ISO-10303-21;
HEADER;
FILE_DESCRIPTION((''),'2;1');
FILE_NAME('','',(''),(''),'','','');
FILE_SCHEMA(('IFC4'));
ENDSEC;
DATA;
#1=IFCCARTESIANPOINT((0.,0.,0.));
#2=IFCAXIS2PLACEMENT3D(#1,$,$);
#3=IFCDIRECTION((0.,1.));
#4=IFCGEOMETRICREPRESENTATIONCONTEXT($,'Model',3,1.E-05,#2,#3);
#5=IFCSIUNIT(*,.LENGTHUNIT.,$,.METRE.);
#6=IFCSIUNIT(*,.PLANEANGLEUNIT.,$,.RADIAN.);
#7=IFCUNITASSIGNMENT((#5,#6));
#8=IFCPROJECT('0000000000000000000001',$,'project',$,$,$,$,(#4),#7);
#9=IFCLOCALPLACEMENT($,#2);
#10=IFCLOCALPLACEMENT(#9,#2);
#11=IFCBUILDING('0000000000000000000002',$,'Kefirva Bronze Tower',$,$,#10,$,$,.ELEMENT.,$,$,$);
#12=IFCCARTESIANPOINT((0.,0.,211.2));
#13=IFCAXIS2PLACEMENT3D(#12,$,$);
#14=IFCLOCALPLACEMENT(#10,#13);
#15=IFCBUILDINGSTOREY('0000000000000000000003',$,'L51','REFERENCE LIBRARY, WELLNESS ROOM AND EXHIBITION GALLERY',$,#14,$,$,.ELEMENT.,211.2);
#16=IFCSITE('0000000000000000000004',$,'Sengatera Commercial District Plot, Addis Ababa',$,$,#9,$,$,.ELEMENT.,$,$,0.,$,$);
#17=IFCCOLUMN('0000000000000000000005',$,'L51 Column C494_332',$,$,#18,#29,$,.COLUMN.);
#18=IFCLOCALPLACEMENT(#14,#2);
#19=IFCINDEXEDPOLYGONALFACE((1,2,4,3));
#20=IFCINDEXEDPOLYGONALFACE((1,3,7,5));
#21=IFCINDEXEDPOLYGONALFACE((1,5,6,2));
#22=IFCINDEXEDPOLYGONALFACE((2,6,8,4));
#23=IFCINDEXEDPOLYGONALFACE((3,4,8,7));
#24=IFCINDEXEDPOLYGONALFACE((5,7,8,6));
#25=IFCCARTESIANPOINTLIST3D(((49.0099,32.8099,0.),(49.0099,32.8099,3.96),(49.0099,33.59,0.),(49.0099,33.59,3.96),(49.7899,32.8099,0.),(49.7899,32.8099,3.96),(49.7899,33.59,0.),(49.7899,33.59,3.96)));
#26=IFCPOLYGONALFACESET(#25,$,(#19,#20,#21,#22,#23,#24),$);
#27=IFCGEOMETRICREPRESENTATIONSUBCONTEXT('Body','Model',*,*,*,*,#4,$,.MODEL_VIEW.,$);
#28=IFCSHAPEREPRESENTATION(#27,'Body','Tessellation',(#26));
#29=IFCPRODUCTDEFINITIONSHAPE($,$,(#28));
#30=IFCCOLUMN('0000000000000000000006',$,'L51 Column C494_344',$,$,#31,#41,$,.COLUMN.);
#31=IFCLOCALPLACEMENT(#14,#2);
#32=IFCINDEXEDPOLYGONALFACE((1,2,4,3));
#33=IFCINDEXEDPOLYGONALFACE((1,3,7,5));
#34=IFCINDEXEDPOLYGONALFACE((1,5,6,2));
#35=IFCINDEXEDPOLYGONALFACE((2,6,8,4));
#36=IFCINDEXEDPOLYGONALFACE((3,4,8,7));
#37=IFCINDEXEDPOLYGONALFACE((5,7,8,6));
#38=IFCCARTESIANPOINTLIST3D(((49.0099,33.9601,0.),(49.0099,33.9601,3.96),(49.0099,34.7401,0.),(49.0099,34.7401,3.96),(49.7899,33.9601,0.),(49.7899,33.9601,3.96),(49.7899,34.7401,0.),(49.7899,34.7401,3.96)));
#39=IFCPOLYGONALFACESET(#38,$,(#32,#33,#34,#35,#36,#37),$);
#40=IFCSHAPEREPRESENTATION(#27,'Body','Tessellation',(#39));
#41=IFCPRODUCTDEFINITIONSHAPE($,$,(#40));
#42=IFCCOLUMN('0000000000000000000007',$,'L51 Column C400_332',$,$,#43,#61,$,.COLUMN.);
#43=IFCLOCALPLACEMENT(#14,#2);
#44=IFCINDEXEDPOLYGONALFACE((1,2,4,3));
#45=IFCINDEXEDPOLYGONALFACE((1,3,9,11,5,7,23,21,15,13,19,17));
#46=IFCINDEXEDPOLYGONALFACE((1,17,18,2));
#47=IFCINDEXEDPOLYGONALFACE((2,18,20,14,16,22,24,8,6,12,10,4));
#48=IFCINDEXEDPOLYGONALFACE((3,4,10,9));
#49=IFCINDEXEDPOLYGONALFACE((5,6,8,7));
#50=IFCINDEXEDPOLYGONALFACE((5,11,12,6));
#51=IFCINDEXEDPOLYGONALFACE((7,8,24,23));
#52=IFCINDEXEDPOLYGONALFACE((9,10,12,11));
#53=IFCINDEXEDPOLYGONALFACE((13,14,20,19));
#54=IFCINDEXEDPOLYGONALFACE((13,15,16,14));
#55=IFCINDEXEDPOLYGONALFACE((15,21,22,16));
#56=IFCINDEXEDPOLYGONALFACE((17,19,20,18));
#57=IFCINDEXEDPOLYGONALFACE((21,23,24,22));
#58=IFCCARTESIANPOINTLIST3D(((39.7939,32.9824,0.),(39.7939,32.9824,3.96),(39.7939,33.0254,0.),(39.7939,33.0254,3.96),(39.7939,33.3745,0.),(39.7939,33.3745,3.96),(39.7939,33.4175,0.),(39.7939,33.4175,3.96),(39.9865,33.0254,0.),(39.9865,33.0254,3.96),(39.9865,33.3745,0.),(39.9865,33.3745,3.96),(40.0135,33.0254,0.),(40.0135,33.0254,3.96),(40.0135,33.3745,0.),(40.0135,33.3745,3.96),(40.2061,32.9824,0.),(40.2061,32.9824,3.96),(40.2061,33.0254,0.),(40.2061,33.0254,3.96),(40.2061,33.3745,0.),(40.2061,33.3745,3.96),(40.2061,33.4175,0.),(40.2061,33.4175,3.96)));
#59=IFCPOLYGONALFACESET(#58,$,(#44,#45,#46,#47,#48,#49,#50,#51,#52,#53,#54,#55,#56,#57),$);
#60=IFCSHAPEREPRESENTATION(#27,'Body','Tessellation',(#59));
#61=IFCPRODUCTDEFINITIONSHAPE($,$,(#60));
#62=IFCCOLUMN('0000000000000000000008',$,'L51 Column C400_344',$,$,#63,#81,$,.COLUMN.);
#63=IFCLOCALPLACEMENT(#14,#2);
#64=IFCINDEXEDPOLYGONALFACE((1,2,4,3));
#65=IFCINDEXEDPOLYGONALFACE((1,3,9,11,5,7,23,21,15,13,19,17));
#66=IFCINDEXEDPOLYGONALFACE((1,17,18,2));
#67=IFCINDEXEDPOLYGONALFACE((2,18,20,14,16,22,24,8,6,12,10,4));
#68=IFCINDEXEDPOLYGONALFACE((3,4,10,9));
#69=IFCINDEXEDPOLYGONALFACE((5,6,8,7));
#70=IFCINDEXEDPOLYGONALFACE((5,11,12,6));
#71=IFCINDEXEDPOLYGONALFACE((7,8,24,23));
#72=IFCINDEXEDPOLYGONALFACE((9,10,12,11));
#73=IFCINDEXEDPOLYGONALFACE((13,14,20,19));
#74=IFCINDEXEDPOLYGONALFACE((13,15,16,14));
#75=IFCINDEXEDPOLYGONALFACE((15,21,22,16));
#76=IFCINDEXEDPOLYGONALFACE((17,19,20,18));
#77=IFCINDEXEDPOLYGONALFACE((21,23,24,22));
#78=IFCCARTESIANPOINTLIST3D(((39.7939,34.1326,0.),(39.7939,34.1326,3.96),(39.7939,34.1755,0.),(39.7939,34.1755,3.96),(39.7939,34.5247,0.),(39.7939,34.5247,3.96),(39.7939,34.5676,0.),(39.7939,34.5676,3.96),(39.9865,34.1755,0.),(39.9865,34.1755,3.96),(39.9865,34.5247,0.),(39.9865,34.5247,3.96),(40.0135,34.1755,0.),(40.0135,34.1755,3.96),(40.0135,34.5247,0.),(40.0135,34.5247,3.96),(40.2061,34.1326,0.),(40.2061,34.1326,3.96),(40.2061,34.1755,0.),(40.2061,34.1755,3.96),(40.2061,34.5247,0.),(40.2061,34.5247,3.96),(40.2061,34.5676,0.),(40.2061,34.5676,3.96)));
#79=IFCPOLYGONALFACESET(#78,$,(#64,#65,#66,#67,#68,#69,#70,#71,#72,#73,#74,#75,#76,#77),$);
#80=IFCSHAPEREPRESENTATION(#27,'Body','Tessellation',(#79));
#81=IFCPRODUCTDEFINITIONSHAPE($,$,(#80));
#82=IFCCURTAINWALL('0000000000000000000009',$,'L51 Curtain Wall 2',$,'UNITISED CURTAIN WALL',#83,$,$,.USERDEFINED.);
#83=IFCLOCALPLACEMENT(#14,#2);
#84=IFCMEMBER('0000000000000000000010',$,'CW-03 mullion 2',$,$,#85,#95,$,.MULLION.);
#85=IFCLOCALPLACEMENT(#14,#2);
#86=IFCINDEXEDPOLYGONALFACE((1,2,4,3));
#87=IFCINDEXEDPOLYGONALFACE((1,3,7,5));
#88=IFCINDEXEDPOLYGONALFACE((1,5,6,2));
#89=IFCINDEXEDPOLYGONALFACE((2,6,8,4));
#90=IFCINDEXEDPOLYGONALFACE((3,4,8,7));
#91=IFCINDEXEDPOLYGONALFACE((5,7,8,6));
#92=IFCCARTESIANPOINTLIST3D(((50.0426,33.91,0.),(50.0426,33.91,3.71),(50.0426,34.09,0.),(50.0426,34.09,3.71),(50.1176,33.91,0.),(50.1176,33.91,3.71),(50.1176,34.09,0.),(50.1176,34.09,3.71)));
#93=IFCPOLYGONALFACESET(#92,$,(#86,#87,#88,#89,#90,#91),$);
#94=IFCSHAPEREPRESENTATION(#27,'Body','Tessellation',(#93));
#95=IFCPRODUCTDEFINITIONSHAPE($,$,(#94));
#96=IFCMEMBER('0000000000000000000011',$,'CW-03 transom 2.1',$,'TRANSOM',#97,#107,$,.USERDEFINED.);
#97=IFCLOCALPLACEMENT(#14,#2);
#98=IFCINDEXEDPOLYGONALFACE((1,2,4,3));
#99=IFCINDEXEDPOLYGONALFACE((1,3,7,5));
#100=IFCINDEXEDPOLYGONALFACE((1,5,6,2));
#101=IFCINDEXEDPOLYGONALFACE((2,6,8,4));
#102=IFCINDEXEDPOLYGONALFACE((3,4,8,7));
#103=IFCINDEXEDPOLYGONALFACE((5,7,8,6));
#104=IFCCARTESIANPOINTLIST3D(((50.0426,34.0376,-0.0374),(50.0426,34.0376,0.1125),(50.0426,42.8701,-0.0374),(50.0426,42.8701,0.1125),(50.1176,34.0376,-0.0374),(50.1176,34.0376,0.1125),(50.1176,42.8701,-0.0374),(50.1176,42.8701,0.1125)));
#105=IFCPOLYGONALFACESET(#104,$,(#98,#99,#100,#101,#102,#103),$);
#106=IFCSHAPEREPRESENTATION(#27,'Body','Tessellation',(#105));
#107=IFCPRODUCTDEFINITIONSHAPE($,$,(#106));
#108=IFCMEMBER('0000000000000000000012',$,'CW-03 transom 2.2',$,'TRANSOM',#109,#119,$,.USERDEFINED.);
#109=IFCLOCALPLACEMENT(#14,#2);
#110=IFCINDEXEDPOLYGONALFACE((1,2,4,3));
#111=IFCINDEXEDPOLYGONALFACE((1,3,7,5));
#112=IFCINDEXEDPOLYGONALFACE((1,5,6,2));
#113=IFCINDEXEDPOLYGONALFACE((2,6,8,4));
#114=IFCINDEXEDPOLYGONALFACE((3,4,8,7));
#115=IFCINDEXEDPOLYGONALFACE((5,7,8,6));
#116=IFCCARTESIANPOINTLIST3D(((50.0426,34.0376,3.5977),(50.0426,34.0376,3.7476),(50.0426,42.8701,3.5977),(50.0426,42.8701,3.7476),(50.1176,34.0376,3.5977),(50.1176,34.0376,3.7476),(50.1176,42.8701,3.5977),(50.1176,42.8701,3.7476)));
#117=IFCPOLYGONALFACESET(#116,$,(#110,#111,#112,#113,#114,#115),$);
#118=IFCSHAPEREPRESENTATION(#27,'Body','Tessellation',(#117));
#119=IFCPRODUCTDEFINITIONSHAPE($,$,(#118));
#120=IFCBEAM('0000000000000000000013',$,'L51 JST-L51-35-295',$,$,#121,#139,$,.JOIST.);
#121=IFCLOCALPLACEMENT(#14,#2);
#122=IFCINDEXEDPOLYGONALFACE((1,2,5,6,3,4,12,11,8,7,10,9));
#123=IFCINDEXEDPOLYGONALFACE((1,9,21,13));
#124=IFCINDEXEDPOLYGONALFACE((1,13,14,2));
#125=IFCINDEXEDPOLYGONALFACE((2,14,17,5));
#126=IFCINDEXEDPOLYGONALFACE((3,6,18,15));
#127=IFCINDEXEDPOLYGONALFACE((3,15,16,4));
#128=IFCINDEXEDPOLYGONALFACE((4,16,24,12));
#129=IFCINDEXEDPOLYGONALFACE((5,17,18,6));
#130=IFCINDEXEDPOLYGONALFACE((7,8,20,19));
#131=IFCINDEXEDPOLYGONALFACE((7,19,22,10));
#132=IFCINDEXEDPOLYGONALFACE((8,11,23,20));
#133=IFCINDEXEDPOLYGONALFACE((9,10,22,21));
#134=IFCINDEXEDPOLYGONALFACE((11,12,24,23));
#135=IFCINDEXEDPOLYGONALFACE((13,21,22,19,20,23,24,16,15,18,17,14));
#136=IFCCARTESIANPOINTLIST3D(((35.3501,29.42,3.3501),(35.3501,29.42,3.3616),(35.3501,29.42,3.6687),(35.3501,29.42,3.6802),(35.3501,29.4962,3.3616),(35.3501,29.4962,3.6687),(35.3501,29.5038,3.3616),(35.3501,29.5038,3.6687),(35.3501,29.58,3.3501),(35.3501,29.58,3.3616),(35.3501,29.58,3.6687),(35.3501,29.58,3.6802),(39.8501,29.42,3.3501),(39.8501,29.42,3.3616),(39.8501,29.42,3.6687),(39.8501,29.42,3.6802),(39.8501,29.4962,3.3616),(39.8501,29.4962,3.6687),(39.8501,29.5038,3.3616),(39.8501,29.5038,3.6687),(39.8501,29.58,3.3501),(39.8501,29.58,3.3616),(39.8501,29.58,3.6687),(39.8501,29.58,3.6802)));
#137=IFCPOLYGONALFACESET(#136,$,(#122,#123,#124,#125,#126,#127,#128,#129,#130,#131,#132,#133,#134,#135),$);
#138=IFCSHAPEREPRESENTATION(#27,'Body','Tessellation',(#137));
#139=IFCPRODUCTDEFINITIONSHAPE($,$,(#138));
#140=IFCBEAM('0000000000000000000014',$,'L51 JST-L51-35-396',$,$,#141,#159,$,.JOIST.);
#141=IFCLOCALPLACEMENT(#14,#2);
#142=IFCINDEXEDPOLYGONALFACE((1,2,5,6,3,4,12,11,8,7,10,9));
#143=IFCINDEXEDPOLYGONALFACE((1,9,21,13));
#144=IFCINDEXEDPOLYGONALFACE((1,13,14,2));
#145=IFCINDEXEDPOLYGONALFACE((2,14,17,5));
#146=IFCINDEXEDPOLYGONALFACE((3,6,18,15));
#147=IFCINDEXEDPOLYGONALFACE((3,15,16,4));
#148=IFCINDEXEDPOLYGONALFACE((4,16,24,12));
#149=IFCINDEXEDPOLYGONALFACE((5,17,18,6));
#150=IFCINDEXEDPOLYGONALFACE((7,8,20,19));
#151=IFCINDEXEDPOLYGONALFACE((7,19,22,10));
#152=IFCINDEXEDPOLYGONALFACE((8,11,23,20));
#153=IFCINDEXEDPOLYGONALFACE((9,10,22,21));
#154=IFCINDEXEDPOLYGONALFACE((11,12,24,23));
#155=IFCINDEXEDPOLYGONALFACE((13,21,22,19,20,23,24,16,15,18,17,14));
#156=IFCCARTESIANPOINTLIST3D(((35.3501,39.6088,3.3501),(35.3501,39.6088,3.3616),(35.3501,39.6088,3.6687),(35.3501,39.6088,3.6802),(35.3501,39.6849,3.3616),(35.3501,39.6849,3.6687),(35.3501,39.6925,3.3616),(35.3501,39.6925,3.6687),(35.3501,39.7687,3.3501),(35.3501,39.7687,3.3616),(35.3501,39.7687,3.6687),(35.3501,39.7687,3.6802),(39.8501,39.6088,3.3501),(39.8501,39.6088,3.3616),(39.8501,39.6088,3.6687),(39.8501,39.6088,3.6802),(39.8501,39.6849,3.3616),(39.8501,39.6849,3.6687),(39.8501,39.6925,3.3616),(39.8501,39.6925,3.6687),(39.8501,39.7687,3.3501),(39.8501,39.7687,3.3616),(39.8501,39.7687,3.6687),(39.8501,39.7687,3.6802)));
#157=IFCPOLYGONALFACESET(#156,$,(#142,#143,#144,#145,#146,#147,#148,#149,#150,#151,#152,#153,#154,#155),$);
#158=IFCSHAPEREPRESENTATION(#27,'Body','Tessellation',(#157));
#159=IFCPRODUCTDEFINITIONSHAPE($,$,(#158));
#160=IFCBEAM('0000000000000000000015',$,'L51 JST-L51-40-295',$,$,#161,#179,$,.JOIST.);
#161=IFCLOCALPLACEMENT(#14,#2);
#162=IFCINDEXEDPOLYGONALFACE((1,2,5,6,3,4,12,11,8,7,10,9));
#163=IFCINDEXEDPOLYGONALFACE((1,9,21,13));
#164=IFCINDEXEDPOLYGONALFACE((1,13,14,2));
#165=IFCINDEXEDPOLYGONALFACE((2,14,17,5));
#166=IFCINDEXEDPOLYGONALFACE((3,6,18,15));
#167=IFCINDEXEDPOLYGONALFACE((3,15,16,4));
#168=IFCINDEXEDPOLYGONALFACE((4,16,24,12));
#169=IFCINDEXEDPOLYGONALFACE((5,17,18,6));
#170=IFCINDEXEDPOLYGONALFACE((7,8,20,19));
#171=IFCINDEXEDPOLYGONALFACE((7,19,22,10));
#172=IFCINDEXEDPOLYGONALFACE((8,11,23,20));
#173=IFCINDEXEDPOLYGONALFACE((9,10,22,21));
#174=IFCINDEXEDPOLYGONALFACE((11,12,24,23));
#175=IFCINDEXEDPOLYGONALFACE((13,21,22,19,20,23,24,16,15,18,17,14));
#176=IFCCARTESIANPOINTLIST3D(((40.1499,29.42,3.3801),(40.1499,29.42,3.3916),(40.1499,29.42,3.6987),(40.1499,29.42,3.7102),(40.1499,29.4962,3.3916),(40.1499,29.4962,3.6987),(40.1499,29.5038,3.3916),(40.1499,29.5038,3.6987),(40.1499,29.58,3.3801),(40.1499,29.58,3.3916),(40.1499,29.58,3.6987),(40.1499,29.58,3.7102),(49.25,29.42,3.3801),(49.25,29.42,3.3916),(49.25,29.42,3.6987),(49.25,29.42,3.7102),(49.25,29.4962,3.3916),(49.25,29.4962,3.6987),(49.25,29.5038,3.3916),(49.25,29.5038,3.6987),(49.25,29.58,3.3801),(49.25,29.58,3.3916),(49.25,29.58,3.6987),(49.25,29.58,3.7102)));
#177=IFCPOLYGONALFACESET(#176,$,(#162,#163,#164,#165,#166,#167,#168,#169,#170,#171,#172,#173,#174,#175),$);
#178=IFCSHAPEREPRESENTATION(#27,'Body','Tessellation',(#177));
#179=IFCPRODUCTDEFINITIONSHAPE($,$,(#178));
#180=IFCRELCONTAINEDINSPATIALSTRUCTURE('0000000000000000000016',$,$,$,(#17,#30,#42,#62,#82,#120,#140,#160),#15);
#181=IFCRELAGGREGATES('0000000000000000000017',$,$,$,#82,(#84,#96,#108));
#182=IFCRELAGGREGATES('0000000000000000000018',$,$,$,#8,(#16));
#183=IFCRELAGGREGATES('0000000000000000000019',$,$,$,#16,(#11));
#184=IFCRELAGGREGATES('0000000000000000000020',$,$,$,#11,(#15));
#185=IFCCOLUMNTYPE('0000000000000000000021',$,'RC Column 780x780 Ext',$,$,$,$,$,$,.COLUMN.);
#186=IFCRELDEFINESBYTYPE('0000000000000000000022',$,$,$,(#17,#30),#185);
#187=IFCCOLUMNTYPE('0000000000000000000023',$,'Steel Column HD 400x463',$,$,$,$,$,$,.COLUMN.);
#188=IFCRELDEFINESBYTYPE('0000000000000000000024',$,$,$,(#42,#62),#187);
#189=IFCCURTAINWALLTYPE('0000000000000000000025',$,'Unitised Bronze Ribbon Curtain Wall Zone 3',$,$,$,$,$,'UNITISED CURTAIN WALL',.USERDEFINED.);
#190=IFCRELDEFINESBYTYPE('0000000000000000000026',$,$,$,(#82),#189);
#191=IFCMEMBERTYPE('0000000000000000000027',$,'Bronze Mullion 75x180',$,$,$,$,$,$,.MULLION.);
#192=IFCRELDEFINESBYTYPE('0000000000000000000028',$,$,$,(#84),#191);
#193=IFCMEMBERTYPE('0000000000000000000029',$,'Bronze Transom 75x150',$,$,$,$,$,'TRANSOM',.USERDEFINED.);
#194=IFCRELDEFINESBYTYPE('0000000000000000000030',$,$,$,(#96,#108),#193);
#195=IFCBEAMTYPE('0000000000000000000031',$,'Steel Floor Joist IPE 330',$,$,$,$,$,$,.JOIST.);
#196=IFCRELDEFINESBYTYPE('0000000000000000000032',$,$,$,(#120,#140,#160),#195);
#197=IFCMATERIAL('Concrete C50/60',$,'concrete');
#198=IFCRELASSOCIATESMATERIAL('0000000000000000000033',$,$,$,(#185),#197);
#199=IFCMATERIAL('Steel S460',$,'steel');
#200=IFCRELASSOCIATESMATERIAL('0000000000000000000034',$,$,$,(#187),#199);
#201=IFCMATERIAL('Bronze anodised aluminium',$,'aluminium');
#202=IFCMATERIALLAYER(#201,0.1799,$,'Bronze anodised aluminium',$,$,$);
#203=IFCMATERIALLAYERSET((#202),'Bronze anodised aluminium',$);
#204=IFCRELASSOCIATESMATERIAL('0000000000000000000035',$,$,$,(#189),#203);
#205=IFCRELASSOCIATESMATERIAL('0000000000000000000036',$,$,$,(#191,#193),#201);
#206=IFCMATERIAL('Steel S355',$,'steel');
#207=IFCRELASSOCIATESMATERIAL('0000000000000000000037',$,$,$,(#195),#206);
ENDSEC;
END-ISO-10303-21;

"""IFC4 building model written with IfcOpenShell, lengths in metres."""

from ifc_helpers import new_model, si_unit, direction, frame, origin, origin_2d, place, context, subcontext, project, spatial, rectangle, i_section, extrude, material, layer, layer_set, material_profile, profile_set, type_object, element, aggregate, save


model = new_model("IFC4")

# Units and contexts
model_context = context("Model", 3, precision=1e-05, world=origin(), true_north=direction((0.0, 1.0)))
body_context = subcontext(model_context, "Body", "Model", "MODEL_VIEW")
ifc_project = project(units=[si_unit("LENGTHUNIT", "METRE"), si_unit("PLANEANGLEUNIT", "RADIAN")], contexts=[model_context])

# Site, building, storey
site_placement = place(None, origin())
site = spatial("IfcSite", under=ifc_project, at=site_placement, Name="Sengatera Commercial District Plot, Addis Ababa", CompositionType="ELEMENT", RefElevation=0.0)
building_placement = place(site_placement, origin())
building = spatial("IfcBuilding", under=site, at=building_placement, Name="Kefirva Bronze Tower", CompositionType="ELEMENT")
storey_placement = place(building_placement, frame((0.0, 0.0, 211.2)))
storey = spatial("IfcBuildingStorey", under=building, at=storey_placement, Name="L51", Description="REFERENCE LIBRARY, WELLNESS ROOM AND EXHIBITION GALLERY", CompositionType="ELEMENT", Elevation=211.2)

# Columns
ifc_material_1 = material(Name="Concrete C50/60", Category="concrete")
ifc_material_profile_1 = material_profile(ifc_material_1, rectangle(XDim=0.78, YDim=0.78, at=origin_2d()), Name="RC 780x780")
ifc_profile_set_1 = profile_set([ifc_material_profile_1], Name="Concrete C50/60")
column_type_1 = type_object("IfcColumnType", Name="RC Column 780x780 Ext", PredefinedType="COLUMN", material=ifc_profile_set_1)
for number, where, z_axis, x_axis, name in (
    (1, (49.3999, 33.2, 0.0), (0.0, 0.0, 1.0), (1.0, 0.0, 0.0), "L51 Column C494_332"),
    (2, (49.3999, 34.3501, 0.0), (0.0, 0.0, 1.0), (1.0, 0.0, 0.0), "L51 Column C494_344"),
):
    element("IfcColumn", number, at=place(storey_placement, frame(where, z_axis=z_axis, x_axis=x_axis)), inside=storey, type_object=column_type_1, Name=name, PredefinedType="COLUMN", context=body_context, shape_type="SweptSolid", body=[
        extrude(rectangle(XDim=0.78, YDim=0.78, at=origin_2d()), origin(), (0.0, 0.0, 1.0), 3.96),
    ])
ifc_material_2 = material(Name="Steel S460", Category="steel")
ifc_material_profile_2 = material_profile(ifc_material_2, i_section(OverallWidth=0.4121, OverallDepth=0.4351, WebThickness=0.0271, FlangeThickness=0.043, at=origin_2d()), Name="HD 400x463")
ifc_profile_set_2 = profile_set([ifc_material_profile_2], Name="Steel S460")
column_type_2 = type_object("IfcColumnType", Name="Steel Column HD 400x463", PredefinedType="COLUMN", material=ifc_profile_set_2)
for number, where, z_axis, x_axis, name in (
    (3, (40.0, 33.2, 0.0), (0.0, 0.0, 1.0), (1.0, 0.0, 0.0), "L51 Column C400_332"),
    (4, (40.0, 34.3501, 0.0), (0.0, 0.0, 1.0), (1.0, 0.0, 0.0), "L51 Column C400_344"),
):
    element("IfcColumn", number, at=place(storey_placement, frame(where, z_axis=z_axis, x_axis=x_axis)), inside=storey, type_object=column_type_2, Name=name, PredefinedType="COLUMN", context=body_context, shape_type="SweptSolid", body=[
        extrude(i_section(OverallWidth=0.4121, OverallDepth=0.4351, WebThickness=0.0271, FlangeThickness=0.043, at=origin_2d()), origin(), (0.0, 0.0, 1.0), 3.96),
    ])

# Curtain wall, members
ifc_material_3 = material(Name="Bronze anodised aluminium", Category="aluminium")
ifc_layer_1 = layer(ifc_material_3, 0.1799, Name="Bronze anodised aluminium")
ifc_layer_set_1 = layer_set([ifc_layer_1], Name="Bronze anodised aluminium")
curtain_wall_type = type_object("IfcCurtainWallType", Name="Unitised Bronze Ribbon Curtain Wall Zone 3", ElementType="UNITISED CURTAIN WALL", PredefinedType="USERDEFINED", material=ifc_layer_set_1)
curtain_wall_placement = place(storey_placement, origin())
curtain_wall = element("IfcCurtainWall", 5, at=curtain_wall_placement, inside=storey, type_object=curtain_wall_type, Name="L51 Curtain Wall 2", ObjectType="UNITISED CURTAIN WALL", PredefinedType="USERDEFINED")
ifc_material_profile_3 = material_profile(ifc_material_3, rectangle(XDim=0.075, YDim=0.1799, at=origin_2d()), Name="ALU 75x180")
ifc_profile_set_3 = profile_set([ifc_material_profile_3], Name="Bronze anodised aluminium")
member_type_1 = type_object("IfcMemberType", Name="Bronze Mullion 75x180", PredefinedType="MULLION", material=ifc_profile_set_3)
member_1_placement = place(storey_placement, frame((50.0801, 34.0, 0.0), z_axis=(0.0, 0.0, 1.0), x_axis=(-1.0, 0.0, 0.0)))
member_1 = element("IfcMember", 6, at=member_1_placement, type_object=member_type_1, Name="CW-03 mullion 2", PredefinedType="MULLION", context=body_context, shape_type="SweptSolid", body=[
    extrude(rectangle(XDim=0.075, YDim=0.1799, at=origin_2d()), origin(), (0.0, 0.0, 1.0), 3.71),
])
ifc_material_profile_4 = material_profile(ifc_material_3, rectangle(XDim=0.075, YDim=0.1499, at=origin_2d()), Name="ALU 75x150")
ifc_profile_set_4 = profile_set([ifc_material_profile_4], Name="Bronze anodised aluminium")
member_type_2 = type_object("IfcMemberType", Name="Bronze Transom 75x150", ElementType="TRANSOM", PredefinedType="USERDEFINED", material=ifc_profile_set_4)
member_2_placement = place(storey_placement, frame((50.0801, 34.0376, 0.0376), z_axis=(0.0, 1.0, 0.0), x_axis=(-1.0, 0.0, 0.0)))
member_2 = element("IfcMember", 7, at=member_2_placement, type_object=member_type_2, Name="CW-03 transom 2.1", ObjectType="TRANSOM", PredefinedType="USERDEFINED", context=body_context, shape_type="SweptSolid", body=[
    extrude(rectangle(XDim=0.075, YDim=0.1499, at=origin_2d()), origin(), (0.0, 0.0, 1.0), 8.8325),
])
member_3_placement = place(storey_placement, frame((50.0801, 34.0376, 3.6726), z_axis=(0.0, 1.0, 0.0), x_axis=(-1.0, 0.0, 0.0)))
member_3 = element("IfcMember", 8, at=member_3_placement, type_object=member_type_2, Name="CW-03 transom 2.2", ObjectType="TRANSOM", PredefinedType="USERDEFINED", context=body_context, shape_type="SweptSolid", body=[
    extrude(rectangle(XDim=0.075, YDim=0.1499, at=origin_2d()), origin(), (0.0, 0.0, 1.0), 8.8325),
])

# Beams
ifc_material_4 = material(Name="Steel S355", Category="steel")
ifc_material_profile_5 = material_profile(ifc_material_4, i_section(OverallWidth=0.1599, OverallDepth=0.3301, WebThickness=0.0076, FlangeThickness=0.0115, at=origin_2d()), Name="IPE 330")
ifc_profile_set_5 = profile_set([ifc_material_profile_5], Name="Steel S355")
beam_type_1 = type_object("IfcBeamType", Name="Steel Floor Joist IPE 330", PredefinedType="JOIST", material=ifc_profile_set_5)
for number, where, z_axis, x_axis, name in (
    (9, (35.3501, 29.5, 3.5151), (1.0, 0.0, 0.0), (0.0, 1.0, 0.0), "L51 JST-L51-35-295"),
    (10, (35.3501, 39.6887, 3.5151), (1.0, 0.0, 0.0), (0.0, 1.0, 0.0), "L51 JST-L51-35-396"),
):
    element("IfcBeam", number, at=place(storey_placement, frame(where, z_axis=z_axis, x_axis=x_axis)), inside=storey, type_object=beam_type_1, Name=name, PredefinedType="JOIST", context=body_context, shape_type="SweptSolid", body=[
        extrude(i_section(OverallWidth=0.1599, OverallDepth=0.3301, WebThickness=0.0076, FlangeThickness=0.0115, at=origin_2d()), origin(), (0.0, 0.0, 1.0), 4.5),
    ])
beam_1_placement = place(storey_placement, frame((40.1499, 29.5, 3.5452), z_axis=(1.0, 0.0, 0.0), x_axis=(0.0, 1.0, 0.0)))
element("IfcBeam", 11, at=beam_1_placement, inside=storey, type_object=beam_type_1, Name="L51 JST-L51-40-295", PredefinedType="JOIST", context=body_context, shape_type="SweptSolid", body=[
    extrude(i_section(OverallWidth=0.1599, OverallDepth=0.3301, WebThickness=0.0076, FlangeThickness=0.0115, at=origin_2d()), origin(), (0.0, 0.0, 1.0), 9.1001),
])

aggregate(curtain_wall, [member_1, member_2, member_3])

save(model, "model.ifc")
